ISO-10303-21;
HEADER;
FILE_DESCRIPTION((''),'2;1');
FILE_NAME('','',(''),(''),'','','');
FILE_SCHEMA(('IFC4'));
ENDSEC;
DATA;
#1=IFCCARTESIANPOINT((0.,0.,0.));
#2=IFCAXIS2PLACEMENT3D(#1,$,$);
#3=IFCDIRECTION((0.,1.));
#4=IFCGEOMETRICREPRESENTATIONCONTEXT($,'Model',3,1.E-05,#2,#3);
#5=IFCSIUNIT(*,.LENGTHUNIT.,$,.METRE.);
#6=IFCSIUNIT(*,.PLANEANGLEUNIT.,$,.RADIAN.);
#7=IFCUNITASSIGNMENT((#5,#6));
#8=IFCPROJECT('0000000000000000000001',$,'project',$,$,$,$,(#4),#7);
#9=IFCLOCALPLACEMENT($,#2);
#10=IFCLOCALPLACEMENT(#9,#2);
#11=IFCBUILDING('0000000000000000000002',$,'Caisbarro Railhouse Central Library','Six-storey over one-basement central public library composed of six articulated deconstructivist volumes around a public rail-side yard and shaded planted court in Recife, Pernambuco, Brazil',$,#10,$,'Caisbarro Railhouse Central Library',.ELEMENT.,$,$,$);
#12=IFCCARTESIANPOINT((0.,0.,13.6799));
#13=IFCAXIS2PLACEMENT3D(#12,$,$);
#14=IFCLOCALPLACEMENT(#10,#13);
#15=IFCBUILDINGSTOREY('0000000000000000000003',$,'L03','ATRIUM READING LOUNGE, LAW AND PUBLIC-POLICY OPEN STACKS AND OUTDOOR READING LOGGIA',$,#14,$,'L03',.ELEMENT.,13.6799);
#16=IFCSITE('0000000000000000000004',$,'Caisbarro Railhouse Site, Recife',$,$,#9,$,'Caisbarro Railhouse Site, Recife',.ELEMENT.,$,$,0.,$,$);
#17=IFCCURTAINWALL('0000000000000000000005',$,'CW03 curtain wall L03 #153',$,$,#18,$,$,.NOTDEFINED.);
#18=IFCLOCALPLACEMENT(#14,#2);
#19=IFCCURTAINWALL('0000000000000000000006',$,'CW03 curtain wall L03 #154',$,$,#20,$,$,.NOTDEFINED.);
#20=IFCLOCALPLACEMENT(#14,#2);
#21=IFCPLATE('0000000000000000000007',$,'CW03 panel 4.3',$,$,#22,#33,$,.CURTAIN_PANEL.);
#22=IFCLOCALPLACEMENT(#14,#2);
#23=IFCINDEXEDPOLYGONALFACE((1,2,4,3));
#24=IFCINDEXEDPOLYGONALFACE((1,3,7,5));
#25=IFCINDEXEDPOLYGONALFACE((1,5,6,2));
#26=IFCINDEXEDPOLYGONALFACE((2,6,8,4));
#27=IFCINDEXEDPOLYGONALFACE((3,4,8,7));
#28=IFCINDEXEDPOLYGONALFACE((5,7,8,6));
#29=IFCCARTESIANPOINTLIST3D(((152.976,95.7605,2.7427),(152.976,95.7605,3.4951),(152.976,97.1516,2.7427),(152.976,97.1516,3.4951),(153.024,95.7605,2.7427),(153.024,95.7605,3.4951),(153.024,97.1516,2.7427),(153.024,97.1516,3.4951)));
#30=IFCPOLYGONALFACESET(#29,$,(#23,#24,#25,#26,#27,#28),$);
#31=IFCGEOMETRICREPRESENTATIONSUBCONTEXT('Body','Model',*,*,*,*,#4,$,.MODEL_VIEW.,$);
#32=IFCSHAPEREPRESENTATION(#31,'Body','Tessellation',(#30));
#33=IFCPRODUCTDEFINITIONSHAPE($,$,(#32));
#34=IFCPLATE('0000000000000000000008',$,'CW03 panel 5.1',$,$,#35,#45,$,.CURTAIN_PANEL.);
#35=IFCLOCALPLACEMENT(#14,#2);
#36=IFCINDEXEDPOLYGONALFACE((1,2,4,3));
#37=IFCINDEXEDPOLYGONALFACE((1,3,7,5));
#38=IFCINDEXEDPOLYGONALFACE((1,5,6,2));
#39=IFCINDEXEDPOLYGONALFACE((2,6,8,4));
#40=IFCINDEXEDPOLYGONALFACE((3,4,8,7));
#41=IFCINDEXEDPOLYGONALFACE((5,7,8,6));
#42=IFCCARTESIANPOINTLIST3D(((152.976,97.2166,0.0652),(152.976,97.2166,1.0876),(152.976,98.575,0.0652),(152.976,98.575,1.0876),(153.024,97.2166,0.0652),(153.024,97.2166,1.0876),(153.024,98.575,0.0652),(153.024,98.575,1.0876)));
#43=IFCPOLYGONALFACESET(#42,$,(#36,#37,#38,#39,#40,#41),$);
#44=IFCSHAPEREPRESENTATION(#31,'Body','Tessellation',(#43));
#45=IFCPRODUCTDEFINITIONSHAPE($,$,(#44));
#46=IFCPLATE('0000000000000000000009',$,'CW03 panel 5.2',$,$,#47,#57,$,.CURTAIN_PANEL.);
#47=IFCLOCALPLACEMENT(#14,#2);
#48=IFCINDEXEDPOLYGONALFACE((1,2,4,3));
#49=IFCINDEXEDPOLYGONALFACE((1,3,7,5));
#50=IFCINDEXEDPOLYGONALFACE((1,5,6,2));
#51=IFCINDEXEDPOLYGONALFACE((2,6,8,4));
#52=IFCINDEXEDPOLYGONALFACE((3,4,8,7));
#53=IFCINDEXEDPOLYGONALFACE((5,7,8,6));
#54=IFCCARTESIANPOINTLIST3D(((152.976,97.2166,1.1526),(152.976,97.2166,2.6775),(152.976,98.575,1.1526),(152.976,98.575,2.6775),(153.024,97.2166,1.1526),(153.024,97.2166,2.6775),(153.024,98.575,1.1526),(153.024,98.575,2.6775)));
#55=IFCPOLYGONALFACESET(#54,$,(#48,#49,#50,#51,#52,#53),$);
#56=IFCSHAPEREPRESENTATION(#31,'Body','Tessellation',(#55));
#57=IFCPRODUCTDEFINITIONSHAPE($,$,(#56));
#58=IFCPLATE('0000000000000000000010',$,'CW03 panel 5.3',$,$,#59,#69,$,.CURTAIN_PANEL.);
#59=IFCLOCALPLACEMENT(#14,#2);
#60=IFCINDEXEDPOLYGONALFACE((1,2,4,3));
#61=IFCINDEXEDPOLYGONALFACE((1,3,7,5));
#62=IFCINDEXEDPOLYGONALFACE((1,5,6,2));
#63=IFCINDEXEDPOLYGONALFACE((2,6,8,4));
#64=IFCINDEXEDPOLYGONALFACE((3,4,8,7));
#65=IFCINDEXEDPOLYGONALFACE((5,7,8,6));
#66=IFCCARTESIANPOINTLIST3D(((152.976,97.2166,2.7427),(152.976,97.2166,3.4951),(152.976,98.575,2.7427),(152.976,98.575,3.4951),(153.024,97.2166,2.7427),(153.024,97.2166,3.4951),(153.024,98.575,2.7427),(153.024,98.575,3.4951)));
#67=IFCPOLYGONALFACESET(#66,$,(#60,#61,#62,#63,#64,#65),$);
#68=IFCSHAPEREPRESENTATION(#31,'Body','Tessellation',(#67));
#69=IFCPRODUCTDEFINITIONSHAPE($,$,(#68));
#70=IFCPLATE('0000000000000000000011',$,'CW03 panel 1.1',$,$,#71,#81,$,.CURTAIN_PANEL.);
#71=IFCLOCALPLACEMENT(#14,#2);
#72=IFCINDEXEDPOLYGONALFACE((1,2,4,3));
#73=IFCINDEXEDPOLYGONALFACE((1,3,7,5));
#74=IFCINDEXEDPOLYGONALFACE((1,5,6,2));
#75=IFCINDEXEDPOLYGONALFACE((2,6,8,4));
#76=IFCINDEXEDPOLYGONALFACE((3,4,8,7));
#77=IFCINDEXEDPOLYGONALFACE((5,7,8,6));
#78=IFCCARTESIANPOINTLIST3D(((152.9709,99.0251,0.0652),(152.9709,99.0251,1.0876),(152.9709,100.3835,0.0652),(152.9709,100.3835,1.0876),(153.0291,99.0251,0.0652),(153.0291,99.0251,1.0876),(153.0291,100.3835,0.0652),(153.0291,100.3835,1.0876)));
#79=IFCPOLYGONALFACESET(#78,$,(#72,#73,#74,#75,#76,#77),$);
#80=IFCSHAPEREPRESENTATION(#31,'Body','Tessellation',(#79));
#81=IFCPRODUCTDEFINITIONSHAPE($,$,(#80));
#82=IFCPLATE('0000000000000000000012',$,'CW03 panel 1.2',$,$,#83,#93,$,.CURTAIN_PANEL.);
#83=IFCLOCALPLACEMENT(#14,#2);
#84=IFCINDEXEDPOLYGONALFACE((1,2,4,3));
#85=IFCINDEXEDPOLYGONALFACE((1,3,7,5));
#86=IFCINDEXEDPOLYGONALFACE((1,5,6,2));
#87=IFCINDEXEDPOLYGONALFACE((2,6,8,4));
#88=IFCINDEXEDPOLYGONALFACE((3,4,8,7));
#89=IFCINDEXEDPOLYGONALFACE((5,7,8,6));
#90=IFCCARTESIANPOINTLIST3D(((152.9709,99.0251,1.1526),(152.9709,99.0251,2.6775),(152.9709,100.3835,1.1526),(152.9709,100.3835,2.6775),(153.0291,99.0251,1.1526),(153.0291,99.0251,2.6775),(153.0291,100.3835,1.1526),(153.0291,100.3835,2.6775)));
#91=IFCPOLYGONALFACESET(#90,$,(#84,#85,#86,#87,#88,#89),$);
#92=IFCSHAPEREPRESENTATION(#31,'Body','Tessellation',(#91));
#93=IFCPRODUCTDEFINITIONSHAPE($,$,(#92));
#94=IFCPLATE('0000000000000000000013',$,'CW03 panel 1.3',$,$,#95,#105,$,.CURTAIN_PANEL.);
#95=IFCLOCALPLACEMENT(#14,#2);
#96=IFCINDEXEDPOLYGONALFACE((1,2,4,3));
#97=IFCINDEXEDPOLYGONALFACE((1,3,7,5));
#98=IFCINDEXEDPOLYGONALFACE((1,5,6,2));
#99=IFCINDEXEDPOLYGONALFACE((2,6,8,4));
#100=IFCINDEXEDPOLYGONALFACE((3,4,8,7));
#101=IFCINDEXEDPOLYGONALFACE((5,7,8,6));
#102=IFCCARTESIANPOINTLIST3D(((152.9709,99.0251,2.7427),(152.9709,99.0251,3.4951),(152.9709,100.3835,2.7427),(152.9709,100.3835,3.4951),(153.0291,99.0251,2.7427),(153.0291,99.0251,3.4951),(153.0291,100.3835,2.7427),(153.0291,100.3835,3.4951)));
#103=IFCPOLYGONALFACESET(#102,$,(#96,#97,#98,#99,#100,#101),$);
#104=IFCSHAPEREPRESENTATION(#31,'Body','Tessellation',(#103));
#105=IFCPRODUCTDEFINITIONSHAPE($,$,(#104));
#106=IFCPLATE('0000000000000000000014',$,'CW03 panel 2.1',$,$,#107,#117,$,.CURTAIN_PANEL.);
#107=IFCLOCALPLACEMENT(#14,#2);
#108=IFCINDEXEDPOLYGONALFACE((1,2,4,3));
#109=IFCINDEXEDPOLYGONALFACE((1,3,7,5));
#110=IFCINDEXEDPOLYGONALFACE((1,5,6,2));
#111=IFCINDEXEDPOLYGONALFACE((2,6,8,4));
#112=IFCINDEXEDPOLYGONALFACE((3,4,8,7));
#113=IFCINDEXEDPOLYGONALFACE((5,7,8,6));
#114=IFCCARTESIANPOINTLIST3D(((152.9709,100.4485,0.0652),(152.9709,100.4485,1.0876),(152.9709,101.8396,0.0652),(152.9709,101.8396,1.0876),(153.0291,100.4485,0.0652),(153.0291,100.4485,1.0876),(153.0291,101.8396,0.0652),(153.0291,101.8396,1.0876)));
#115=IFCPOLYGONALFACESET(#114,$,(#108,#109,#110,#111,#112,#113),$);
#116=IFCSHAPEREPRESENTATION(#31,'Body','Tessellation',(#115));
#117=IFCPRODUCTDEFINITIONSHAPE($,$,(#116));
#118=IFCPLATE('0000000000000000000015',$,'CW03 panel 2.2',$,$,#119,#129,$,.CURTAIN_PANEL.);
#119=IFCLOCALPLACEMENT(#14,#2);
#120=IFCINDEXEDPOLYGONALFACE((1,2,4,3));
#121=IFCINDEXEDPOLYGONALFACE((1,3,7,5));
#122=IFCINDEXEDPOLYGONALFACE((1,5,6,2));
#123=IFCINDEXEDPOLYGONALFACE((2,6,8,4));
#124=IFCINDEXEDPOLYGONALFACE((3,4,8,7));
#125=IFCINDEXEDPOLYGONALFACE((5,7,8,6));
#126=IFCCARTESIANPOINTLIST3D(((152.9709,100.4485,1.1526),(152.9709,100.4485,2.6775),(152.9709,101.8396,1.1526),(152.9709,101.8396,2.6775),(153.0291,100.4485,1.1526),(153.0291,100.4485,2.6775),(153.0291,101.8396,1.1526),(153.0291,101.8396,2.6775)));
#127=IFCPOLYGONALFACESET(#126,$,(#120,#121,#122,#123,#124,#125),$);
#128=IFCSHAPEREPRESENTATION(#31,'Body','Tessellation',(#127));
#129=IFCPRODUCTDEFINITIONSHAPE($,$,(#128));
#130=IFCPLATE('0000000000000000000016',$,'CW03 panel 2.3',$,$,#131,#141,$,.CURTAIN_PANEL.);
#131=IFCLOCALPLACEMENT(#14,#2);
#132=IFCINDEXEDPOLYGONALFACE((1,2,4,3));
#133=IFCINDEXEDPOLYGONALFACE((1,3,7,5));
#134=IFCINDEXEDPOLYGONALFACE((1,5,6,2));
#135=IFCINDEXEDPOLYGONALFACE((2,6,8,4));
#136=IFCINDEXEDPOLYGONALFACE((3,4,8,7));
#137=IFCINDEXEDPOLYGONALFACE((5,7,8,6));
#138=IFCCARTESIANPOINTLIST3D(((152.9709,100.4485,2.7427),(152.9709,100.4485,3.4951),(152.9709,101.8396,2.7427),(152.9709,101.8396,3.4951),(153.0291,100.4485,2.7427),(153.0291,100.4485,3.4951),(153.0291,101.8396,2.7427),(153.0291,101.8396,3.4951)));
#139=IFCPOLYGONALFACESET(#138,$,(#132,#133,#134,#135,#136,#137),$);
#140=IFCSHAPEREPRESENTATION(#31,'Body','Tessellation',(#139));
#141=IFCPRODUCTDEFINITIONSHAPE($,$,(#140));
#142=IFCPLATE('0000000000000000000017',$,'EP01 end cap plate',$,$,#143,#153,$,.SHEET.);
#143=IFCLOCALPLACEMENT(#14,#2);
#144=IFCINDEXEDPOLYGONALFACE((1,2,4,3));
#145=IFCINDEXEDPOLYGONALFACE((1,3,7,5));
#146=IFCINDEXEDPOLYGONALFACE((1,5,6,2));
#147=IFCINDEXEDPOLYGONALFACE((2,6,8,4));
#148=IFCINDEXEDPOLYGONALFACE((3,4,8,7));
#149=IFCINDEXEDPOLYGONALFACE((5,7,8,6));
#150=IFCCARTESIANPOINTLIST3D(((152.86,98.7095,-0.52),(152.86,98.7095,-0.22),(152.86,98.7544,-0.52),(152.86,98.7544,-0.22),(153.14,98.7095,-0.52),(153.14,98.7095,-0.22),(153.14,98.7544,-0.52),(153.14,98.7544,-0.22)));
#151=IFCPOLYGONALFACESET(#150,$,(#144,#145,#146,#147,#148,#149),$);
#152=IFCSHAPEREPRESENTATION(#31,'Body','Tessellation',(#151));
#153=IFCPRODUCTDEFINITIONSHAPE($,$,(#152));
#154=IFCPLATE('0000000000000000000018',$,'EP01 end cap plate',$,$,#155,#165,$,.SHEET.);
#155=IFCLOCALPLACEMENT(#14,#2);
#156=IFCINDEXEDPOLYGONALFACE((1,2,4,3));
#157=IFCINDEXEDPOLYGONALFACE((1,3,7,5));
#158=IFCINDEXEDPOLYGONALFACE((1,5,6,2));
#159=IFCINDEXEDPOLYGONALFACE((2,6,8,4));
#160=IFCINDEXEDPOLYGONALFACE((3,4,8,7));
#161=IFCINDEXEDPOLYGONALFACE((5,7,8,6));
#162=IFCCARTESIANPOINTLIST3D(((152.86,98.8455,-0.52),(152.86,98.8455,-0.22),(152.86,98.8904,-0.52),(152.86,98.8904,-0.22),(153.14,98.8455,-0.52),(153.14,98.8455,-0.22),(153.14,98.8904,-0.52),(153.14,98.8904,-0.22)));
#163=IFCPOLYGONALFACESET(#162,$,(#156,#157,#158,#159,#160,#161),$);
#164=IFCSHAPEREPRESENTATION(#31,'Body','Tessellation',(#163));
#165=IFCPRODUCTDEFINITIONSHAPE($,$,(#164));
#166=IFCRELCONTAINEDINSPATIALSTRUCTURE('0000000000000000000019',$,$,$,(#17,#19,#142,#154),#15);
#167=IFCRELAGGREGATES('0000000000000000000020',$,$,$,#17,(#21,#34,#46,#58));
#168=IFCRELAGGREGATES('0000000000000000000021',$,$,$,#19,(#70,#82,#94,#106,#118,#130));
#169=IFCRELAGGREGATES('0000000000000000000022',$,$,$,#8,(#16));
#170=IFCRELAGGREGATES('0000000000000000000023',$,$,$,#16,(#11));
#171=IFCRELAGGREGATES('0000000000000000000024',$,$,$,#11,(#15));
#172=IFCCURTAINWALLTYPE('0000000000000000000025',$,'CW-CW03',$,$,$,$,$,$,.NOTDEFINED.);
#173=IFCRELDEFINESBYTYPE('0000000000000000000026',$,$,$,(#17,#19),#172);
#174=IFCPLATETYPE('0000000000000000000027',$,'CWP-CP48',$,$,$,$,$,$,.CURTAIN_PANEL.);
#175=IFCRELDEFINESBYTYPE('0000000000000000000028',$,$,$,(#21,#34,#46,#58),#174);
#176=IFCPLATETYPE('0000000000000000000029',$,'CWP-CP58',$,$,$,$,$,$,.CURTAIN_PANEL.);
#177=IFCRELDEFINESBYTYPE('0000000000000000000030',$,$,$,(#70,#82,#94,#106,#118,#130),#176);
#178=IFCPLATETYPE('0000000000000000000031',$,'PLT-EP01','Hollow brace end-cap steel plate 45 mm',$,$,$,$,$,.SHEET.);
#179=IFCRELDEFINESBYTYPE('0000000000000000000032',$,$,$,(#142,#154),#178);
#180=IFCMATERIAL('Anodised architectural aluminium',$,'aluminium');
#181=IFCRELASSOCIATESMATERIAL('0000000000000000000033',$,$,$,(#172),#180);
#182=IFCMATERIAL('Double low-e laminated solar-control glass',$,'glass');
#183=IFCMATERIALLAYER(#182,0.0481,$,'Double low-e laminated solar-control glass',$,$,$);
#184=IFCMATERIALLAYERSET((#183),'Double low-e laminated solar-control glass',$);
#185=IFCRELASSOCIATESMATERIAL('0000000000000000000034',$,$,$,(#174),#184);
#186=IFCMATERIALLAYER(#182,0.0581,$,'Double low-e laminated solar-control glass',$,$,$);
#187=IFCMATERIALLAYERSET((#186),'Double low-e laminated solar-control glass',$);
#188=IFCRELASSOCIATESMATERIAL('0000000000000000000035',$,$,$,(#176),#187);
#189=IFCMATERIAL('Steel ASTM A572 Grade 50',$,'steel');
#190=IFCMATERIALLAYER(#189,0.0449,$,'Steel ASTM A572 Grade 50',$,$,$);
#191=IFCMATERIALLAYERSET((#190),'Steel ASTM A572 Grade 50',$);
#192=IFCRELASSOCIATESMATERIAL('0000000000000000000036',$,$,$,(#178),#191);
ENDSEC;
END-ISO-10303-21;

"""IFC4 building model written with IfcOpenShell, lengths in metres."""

from ifc_helpers import new_model, si_unit, direction, frame, origin, origin_2d, place, context, subcontext, project, spatial, rectangle, extrude, material, layer, layer_set, type_object, element, aggregate, save


model = new_model("IFC4")

# Units and contexts
model_context = context("Model", 3, precision=1e-05, world=origin(), true_north=direction((0.0, 1.0)))
body_context = subcontext(model_context, "Body", "Model", "MODEL_VIEW")
ifc_project = project(units=[si_unit("LENGTHUNIT", "METRE"), si_unit("PLANEANGLEUNIT", "RADIAN")], contexts=[model_context])

# Site, building, storey
site_placement = place(None, origin())
site = spatial("IfcSite", under=ifc_project, at=site_placement, Name="Caisbarro Railhouse Site, Recife", LongName="Caisbarro Railhouse Site, Recife", CompositionType="ELEMENT", RefElevation=0.0)
building_placement = place(site_placement, origin())
building = spatial("IfcBuilding", under=site, at=building_placement, Name="Caisbarro Railhouse Central Library", Description="Six-storey over one-basement central public library composed of six articulated deconstructivist volumes around a public rail-side yard and shaded planted court in Recife, Pernambuco, Brazil", LongName="Caisbarro Railhouse Central Library", CompositionType="ELEMENT")
storey_placement = place(building_placement, frame((0.0, 0.0, 13.6799)))
storey = spatial("IfcBuildingStorey", under=building, at=storey_placement, Name="L03", Description="ATRIUM READING LOUNGE, LAW AND PUBLIC-POLICY OPEN STACKS AND OUTDOOR READING LOGGIA", LongName="L03", CompositionType="ELEMENT", Elevation=13.6799)

# Shared definitions
ifc_material_1 = material(Name="Steel ASTM A572 Grade 50", Category="steel")

# Curtain walls
ifc_material_2 = material(Name="Anodised architectural aluminium", Category="aluminium")
curtain_wall_type = type_object("IfcCurtainWallType", Name="CW-CW03", PredefinedType="NOTDEFINED", material=ifc_material_2)
curtain_wall_1_placement = place(storey_placement, origin())
curtain_wall_1 = element("IfcCurtainWall", 1, at=curtain_wall_1_placement, inside=storey, type_object=curtain_wall_type, Name="CW03 curtain wall L03 #153", PredefinedType="NOTDEFINED")
curtain_wall_2_placement = place(storey_placement, origin())
curtain_wall_2 = element("IfcCurtainWall", 2, at=curtain_wall_2_placement, inside=storey, type_object=curtain_wall_type, Name="CW03 curtain wall L03 #154", PredefinedType="NOTDEFINED")

# Plates
ifc_material_3 = material(Name="Double low-e laminated solar-control glass", Category="glass")
ifc_layer_1 = layer(ifc_material_3, 0.0481, Name="Double low-e laminated solar-control glass")
ifc_layer_set_1 = layer_set([ifc_layer_1], Name="Double low-e laminated solar-control glass")
plate_type_1 = type_object("IfcPlateType", Name="CWP-CP48", PredefinedType="CURTAIN_PANEL", material=ifc_layer_set_1)
plate_1_placement = place(storey_placement, frame((153.0, 96.4561, 2.7427), z_axis=(0.0, 0.0, 1.0), x_axis=(0.0, 1.0, 0.0)))
plate_1 = element("IfcPlate", 3, at=plate_1_placement, type_object=plate_type_1, Name="CW03 panel 4.3", PredefinedType="CURTAIN_PANEL", context=body_context, shape_type="SweptSolid", body=[
    extrude(rectangle(XDim=1.3911, YDim=0.0481, at=origin_2d()), origin(), (0.0, 0.0, 1.0), 0.7524),
])
plate_2_placement = place(storey_placement, frame((153.0, 97.8958, 0.0652), z_axis=(0.0, 0.0, 1.0), x_axis=(0.0, 1.0, 0.0)))
plate_2 = element("IfcPlate", 4, at=plate_2_placement, type_object=plate_type_1, Name="CW03 panel 5.1", PredefinedType="CURTAIN_PANEL", context=body_context, shape_type="SweptSolid", body=[
    extrude(rectangle(XDim=1.3584, YDim=0.0481, at=origin_2d()), origin(), (0.0, 0.0, 1.0), 1.0225),
])
plate_3_placement = place(storey_placement, frame((153.0, 97.8958, 1.1526), z_axis=(0.0, 0.0, 1.0), x_axis=(0.0, 1.0, 0.0)))
plate_3 = element("IfcPlate", 5, at=plate_3_placement, type_object=plate_type_1, Name="CW03 panel 5.2", PredefinedType="CURTAIN_PANEL", context=body_context, shape_type="SweptSolid", body=[
    extrude(rectangle(XDim=1.3584, YDim=0.0481, at=origin_2d()), origin(), (0.0, 0.0, 1.0), 1.5249),
])
plate_4_placement = place(storey_placement, frame((153.0, 97.8958, 2.7427), z_axis=(0.0, 0.0, 1.0), x_axis=(0.0, 1.0, 0.0)))
plate_4 = element("IfcPlate", 6, at=plate_4_placement, type_object=plate_type_1, Name="CW03 panel 5.3", PredefinedType="CURTAIN_PANEL", context=body_context, shape_type="SweptSolid", body=[
    extrude(rectangle(XDim=1.3584, YDim=0.0481, at=origin_2d()), origin(), (0.0, 0.0, 1.0), 0.7524),
])
aggregate(curtain_wall_1, [plate_1, plate_2, plate_3, plate_4])
ifc_layer_2 = layer(ifc_material_3, 0.0581, Name="Double low-e laminated solar-control glass")
ifc_layer_set_2 = layer_set([ifc_layer_2], Name="Double low-e laminated solar-control glass")
plate_type_2 = type_object("IfcPlateType", Name="CWP-CP58", PredefinedType="CURTAIN_PANEL", material=ifc_layer_set_2)
plate_5_placement = place(storey_placement, frame((153.0, 99.7043, 0.0652), z_axis=(0.0, 0.0, 1.0), x_axis=(0.0, 1.0, 0.0)))
plate_5 = element("IfcPlate", 7, at=plate_5_placement, type_object=plate_type_2, Name="CW03 panel 1.1", PredefinedType="CURTAIN_PANEL", context=body_context, shape_type="SweptSolid", body=[
    extrude(rectangle(XDim=1.3584, YDim=0.0581, at=origin_2d()), origin(), (0.0, 0.0, 1.0), 1.0225),
])
plate_6_placement = place(storey_placement, frame((153.0, 99.7043, 1.1526), z_axis=(0.0, 0.0, 1.0), x_axis=(0.0, 1.0, 0.0)))
plate_6 = element("IfcPlate", 8, at=plate_6_placement, type_object=plate_type_2, Name="CW03 panel 1.2", PredefinedType="CURTAIN_PANEL", context=body_context, shape_type="SweptSolid", body=[
    extrude(rectangle(XDim=1.3584, YDim=0.0581, at=origin_2d()), origin(), (0.0, 0.0, 1.0), 1.5249),
])
plate_7_placement = place(storey_placement, frame((153.0, 99.7043, 2.7427), z_axis=(0.0, 0.0, 1.0), x_axis=(0.0, 1.0, 0.0)))
plate_7 = element("IfcPlate", 9, at=plate_7_placement, type_object=plate_type_2, Name="CW03 panel 1.3", PredefinedType="CURTAIN_PANEL", context=body_context, shape_type="SweptSolid", body=[
    extrude(rectangle(XDim=1.3584, YDim=0.0581, at=origin_2d()), origin(), (0.0, 0.0, 1.0), 0.7524),
])
plate_8_placement = place(storey_placement, frame((153.0, 101.144, 0.0652), z_axis=(0.0, 0.0, 1.0), x_axis=(0.0, 1.0, 0.0)))
plate_8 = element("IfcPlate", 10, at=plate_8_placement, type_object=plate_type_2, Name="CW03 panel 2.1", PredefinedType="CURTAIN_PANEL", context=body_context, shape_type="SweptSolid", body=[
    extrude(rectangle(XDim=1.3911, YDim=0.0581, at=origin_2d()), origin(), (0.0, 0.0, 1.0), 1.0225),
])
plate_9_placement = place(storey_placement, frame((153.0, 101.144, 1.1526), z_axis=(0.0, 0.0, 1.0), x_axis=(0.0, 1.0, 0.0)))
plate_9 = element("IfcPlate", 11, at=plate_9_placement, type_object=plate_type_2, Name="CW03 panel 2.2", PredefinedType="CURTAIN_PANEL", context=body_context, shape_type="SweptSolid", body=[
    extrude(rectangle(XDim=1.3911, YDim=0.0581, at=origin_2d()), origin(), (0.0, 0.0, 1.0), 1.5249),
])
plate_10_placement = place(storey_placement, frame((153.0, 101.144, 2.7427), z_axis=(0.0, 0.0, 1.0), x_axis=(0.0, 1.0, 0.0)))
plate_10 = element("IfcPlate", 12, at=plate_10_placement, type_object=plate_type_2, Name="CW03 panel 2.3", PredefinedType="CURTAIN_PANEL", context=body_context, shape_type="SweptSolid", body=[
    extrude(rectangle(XDim=1.3911, YDim=0.0581, at=origin_2d()), origin(), (0.0, 0.0, 1.0), 0.7524),
])
aggregate(curtain_wall_2, [plate_5, plate_6, plate_7, plate_8, plate_9, plate_10])

# Plates
ifc_layer_3 = layer(ifc_material_1, 0.0449, Name="Steel ASTM A572 Grade 50")
ifc_layer_set_3 = layer_set([ifc_layer_3], Name="Steel ASTM A572 Grade 50")
plate_type_3 = type_object("IfcPlateType", Name="PLT-EP01", Description="Hollow brace end-cap steel plate 45 mm", PredefinedType="SHEET", material=ifc_layer_set_3)
for number, where, z_axis, x_axis, name in (
    (13, (153.0, 98.7319, -0.52), (0.0, 0.0, 1.0), (0.0, 1.0, 0.0), "EP01 end cap plate"),
    (14, (153.0, 98.8679, -0.52), (0.0, 0.0, 1.0), (0.0, 1.0, 0.0), "EP01 end cap plate"),
):
    element("IfcPlate", number, at=place(storey_placement, frame(where, z_axis=z_axis, x_axis=x_axis)), inside=storey, type_object=plate_type_3, Name=name, PredefinedType="SHEET", context=body_context, shape_type="SweptSolid", body=[
        extrude(rectangle(XDim=0.0449, YDim=0.28, at=origin_2d()), origin(), (0.0, 0.0, 1.0), 0.3),
    ])

save(model, "model.ifc")
